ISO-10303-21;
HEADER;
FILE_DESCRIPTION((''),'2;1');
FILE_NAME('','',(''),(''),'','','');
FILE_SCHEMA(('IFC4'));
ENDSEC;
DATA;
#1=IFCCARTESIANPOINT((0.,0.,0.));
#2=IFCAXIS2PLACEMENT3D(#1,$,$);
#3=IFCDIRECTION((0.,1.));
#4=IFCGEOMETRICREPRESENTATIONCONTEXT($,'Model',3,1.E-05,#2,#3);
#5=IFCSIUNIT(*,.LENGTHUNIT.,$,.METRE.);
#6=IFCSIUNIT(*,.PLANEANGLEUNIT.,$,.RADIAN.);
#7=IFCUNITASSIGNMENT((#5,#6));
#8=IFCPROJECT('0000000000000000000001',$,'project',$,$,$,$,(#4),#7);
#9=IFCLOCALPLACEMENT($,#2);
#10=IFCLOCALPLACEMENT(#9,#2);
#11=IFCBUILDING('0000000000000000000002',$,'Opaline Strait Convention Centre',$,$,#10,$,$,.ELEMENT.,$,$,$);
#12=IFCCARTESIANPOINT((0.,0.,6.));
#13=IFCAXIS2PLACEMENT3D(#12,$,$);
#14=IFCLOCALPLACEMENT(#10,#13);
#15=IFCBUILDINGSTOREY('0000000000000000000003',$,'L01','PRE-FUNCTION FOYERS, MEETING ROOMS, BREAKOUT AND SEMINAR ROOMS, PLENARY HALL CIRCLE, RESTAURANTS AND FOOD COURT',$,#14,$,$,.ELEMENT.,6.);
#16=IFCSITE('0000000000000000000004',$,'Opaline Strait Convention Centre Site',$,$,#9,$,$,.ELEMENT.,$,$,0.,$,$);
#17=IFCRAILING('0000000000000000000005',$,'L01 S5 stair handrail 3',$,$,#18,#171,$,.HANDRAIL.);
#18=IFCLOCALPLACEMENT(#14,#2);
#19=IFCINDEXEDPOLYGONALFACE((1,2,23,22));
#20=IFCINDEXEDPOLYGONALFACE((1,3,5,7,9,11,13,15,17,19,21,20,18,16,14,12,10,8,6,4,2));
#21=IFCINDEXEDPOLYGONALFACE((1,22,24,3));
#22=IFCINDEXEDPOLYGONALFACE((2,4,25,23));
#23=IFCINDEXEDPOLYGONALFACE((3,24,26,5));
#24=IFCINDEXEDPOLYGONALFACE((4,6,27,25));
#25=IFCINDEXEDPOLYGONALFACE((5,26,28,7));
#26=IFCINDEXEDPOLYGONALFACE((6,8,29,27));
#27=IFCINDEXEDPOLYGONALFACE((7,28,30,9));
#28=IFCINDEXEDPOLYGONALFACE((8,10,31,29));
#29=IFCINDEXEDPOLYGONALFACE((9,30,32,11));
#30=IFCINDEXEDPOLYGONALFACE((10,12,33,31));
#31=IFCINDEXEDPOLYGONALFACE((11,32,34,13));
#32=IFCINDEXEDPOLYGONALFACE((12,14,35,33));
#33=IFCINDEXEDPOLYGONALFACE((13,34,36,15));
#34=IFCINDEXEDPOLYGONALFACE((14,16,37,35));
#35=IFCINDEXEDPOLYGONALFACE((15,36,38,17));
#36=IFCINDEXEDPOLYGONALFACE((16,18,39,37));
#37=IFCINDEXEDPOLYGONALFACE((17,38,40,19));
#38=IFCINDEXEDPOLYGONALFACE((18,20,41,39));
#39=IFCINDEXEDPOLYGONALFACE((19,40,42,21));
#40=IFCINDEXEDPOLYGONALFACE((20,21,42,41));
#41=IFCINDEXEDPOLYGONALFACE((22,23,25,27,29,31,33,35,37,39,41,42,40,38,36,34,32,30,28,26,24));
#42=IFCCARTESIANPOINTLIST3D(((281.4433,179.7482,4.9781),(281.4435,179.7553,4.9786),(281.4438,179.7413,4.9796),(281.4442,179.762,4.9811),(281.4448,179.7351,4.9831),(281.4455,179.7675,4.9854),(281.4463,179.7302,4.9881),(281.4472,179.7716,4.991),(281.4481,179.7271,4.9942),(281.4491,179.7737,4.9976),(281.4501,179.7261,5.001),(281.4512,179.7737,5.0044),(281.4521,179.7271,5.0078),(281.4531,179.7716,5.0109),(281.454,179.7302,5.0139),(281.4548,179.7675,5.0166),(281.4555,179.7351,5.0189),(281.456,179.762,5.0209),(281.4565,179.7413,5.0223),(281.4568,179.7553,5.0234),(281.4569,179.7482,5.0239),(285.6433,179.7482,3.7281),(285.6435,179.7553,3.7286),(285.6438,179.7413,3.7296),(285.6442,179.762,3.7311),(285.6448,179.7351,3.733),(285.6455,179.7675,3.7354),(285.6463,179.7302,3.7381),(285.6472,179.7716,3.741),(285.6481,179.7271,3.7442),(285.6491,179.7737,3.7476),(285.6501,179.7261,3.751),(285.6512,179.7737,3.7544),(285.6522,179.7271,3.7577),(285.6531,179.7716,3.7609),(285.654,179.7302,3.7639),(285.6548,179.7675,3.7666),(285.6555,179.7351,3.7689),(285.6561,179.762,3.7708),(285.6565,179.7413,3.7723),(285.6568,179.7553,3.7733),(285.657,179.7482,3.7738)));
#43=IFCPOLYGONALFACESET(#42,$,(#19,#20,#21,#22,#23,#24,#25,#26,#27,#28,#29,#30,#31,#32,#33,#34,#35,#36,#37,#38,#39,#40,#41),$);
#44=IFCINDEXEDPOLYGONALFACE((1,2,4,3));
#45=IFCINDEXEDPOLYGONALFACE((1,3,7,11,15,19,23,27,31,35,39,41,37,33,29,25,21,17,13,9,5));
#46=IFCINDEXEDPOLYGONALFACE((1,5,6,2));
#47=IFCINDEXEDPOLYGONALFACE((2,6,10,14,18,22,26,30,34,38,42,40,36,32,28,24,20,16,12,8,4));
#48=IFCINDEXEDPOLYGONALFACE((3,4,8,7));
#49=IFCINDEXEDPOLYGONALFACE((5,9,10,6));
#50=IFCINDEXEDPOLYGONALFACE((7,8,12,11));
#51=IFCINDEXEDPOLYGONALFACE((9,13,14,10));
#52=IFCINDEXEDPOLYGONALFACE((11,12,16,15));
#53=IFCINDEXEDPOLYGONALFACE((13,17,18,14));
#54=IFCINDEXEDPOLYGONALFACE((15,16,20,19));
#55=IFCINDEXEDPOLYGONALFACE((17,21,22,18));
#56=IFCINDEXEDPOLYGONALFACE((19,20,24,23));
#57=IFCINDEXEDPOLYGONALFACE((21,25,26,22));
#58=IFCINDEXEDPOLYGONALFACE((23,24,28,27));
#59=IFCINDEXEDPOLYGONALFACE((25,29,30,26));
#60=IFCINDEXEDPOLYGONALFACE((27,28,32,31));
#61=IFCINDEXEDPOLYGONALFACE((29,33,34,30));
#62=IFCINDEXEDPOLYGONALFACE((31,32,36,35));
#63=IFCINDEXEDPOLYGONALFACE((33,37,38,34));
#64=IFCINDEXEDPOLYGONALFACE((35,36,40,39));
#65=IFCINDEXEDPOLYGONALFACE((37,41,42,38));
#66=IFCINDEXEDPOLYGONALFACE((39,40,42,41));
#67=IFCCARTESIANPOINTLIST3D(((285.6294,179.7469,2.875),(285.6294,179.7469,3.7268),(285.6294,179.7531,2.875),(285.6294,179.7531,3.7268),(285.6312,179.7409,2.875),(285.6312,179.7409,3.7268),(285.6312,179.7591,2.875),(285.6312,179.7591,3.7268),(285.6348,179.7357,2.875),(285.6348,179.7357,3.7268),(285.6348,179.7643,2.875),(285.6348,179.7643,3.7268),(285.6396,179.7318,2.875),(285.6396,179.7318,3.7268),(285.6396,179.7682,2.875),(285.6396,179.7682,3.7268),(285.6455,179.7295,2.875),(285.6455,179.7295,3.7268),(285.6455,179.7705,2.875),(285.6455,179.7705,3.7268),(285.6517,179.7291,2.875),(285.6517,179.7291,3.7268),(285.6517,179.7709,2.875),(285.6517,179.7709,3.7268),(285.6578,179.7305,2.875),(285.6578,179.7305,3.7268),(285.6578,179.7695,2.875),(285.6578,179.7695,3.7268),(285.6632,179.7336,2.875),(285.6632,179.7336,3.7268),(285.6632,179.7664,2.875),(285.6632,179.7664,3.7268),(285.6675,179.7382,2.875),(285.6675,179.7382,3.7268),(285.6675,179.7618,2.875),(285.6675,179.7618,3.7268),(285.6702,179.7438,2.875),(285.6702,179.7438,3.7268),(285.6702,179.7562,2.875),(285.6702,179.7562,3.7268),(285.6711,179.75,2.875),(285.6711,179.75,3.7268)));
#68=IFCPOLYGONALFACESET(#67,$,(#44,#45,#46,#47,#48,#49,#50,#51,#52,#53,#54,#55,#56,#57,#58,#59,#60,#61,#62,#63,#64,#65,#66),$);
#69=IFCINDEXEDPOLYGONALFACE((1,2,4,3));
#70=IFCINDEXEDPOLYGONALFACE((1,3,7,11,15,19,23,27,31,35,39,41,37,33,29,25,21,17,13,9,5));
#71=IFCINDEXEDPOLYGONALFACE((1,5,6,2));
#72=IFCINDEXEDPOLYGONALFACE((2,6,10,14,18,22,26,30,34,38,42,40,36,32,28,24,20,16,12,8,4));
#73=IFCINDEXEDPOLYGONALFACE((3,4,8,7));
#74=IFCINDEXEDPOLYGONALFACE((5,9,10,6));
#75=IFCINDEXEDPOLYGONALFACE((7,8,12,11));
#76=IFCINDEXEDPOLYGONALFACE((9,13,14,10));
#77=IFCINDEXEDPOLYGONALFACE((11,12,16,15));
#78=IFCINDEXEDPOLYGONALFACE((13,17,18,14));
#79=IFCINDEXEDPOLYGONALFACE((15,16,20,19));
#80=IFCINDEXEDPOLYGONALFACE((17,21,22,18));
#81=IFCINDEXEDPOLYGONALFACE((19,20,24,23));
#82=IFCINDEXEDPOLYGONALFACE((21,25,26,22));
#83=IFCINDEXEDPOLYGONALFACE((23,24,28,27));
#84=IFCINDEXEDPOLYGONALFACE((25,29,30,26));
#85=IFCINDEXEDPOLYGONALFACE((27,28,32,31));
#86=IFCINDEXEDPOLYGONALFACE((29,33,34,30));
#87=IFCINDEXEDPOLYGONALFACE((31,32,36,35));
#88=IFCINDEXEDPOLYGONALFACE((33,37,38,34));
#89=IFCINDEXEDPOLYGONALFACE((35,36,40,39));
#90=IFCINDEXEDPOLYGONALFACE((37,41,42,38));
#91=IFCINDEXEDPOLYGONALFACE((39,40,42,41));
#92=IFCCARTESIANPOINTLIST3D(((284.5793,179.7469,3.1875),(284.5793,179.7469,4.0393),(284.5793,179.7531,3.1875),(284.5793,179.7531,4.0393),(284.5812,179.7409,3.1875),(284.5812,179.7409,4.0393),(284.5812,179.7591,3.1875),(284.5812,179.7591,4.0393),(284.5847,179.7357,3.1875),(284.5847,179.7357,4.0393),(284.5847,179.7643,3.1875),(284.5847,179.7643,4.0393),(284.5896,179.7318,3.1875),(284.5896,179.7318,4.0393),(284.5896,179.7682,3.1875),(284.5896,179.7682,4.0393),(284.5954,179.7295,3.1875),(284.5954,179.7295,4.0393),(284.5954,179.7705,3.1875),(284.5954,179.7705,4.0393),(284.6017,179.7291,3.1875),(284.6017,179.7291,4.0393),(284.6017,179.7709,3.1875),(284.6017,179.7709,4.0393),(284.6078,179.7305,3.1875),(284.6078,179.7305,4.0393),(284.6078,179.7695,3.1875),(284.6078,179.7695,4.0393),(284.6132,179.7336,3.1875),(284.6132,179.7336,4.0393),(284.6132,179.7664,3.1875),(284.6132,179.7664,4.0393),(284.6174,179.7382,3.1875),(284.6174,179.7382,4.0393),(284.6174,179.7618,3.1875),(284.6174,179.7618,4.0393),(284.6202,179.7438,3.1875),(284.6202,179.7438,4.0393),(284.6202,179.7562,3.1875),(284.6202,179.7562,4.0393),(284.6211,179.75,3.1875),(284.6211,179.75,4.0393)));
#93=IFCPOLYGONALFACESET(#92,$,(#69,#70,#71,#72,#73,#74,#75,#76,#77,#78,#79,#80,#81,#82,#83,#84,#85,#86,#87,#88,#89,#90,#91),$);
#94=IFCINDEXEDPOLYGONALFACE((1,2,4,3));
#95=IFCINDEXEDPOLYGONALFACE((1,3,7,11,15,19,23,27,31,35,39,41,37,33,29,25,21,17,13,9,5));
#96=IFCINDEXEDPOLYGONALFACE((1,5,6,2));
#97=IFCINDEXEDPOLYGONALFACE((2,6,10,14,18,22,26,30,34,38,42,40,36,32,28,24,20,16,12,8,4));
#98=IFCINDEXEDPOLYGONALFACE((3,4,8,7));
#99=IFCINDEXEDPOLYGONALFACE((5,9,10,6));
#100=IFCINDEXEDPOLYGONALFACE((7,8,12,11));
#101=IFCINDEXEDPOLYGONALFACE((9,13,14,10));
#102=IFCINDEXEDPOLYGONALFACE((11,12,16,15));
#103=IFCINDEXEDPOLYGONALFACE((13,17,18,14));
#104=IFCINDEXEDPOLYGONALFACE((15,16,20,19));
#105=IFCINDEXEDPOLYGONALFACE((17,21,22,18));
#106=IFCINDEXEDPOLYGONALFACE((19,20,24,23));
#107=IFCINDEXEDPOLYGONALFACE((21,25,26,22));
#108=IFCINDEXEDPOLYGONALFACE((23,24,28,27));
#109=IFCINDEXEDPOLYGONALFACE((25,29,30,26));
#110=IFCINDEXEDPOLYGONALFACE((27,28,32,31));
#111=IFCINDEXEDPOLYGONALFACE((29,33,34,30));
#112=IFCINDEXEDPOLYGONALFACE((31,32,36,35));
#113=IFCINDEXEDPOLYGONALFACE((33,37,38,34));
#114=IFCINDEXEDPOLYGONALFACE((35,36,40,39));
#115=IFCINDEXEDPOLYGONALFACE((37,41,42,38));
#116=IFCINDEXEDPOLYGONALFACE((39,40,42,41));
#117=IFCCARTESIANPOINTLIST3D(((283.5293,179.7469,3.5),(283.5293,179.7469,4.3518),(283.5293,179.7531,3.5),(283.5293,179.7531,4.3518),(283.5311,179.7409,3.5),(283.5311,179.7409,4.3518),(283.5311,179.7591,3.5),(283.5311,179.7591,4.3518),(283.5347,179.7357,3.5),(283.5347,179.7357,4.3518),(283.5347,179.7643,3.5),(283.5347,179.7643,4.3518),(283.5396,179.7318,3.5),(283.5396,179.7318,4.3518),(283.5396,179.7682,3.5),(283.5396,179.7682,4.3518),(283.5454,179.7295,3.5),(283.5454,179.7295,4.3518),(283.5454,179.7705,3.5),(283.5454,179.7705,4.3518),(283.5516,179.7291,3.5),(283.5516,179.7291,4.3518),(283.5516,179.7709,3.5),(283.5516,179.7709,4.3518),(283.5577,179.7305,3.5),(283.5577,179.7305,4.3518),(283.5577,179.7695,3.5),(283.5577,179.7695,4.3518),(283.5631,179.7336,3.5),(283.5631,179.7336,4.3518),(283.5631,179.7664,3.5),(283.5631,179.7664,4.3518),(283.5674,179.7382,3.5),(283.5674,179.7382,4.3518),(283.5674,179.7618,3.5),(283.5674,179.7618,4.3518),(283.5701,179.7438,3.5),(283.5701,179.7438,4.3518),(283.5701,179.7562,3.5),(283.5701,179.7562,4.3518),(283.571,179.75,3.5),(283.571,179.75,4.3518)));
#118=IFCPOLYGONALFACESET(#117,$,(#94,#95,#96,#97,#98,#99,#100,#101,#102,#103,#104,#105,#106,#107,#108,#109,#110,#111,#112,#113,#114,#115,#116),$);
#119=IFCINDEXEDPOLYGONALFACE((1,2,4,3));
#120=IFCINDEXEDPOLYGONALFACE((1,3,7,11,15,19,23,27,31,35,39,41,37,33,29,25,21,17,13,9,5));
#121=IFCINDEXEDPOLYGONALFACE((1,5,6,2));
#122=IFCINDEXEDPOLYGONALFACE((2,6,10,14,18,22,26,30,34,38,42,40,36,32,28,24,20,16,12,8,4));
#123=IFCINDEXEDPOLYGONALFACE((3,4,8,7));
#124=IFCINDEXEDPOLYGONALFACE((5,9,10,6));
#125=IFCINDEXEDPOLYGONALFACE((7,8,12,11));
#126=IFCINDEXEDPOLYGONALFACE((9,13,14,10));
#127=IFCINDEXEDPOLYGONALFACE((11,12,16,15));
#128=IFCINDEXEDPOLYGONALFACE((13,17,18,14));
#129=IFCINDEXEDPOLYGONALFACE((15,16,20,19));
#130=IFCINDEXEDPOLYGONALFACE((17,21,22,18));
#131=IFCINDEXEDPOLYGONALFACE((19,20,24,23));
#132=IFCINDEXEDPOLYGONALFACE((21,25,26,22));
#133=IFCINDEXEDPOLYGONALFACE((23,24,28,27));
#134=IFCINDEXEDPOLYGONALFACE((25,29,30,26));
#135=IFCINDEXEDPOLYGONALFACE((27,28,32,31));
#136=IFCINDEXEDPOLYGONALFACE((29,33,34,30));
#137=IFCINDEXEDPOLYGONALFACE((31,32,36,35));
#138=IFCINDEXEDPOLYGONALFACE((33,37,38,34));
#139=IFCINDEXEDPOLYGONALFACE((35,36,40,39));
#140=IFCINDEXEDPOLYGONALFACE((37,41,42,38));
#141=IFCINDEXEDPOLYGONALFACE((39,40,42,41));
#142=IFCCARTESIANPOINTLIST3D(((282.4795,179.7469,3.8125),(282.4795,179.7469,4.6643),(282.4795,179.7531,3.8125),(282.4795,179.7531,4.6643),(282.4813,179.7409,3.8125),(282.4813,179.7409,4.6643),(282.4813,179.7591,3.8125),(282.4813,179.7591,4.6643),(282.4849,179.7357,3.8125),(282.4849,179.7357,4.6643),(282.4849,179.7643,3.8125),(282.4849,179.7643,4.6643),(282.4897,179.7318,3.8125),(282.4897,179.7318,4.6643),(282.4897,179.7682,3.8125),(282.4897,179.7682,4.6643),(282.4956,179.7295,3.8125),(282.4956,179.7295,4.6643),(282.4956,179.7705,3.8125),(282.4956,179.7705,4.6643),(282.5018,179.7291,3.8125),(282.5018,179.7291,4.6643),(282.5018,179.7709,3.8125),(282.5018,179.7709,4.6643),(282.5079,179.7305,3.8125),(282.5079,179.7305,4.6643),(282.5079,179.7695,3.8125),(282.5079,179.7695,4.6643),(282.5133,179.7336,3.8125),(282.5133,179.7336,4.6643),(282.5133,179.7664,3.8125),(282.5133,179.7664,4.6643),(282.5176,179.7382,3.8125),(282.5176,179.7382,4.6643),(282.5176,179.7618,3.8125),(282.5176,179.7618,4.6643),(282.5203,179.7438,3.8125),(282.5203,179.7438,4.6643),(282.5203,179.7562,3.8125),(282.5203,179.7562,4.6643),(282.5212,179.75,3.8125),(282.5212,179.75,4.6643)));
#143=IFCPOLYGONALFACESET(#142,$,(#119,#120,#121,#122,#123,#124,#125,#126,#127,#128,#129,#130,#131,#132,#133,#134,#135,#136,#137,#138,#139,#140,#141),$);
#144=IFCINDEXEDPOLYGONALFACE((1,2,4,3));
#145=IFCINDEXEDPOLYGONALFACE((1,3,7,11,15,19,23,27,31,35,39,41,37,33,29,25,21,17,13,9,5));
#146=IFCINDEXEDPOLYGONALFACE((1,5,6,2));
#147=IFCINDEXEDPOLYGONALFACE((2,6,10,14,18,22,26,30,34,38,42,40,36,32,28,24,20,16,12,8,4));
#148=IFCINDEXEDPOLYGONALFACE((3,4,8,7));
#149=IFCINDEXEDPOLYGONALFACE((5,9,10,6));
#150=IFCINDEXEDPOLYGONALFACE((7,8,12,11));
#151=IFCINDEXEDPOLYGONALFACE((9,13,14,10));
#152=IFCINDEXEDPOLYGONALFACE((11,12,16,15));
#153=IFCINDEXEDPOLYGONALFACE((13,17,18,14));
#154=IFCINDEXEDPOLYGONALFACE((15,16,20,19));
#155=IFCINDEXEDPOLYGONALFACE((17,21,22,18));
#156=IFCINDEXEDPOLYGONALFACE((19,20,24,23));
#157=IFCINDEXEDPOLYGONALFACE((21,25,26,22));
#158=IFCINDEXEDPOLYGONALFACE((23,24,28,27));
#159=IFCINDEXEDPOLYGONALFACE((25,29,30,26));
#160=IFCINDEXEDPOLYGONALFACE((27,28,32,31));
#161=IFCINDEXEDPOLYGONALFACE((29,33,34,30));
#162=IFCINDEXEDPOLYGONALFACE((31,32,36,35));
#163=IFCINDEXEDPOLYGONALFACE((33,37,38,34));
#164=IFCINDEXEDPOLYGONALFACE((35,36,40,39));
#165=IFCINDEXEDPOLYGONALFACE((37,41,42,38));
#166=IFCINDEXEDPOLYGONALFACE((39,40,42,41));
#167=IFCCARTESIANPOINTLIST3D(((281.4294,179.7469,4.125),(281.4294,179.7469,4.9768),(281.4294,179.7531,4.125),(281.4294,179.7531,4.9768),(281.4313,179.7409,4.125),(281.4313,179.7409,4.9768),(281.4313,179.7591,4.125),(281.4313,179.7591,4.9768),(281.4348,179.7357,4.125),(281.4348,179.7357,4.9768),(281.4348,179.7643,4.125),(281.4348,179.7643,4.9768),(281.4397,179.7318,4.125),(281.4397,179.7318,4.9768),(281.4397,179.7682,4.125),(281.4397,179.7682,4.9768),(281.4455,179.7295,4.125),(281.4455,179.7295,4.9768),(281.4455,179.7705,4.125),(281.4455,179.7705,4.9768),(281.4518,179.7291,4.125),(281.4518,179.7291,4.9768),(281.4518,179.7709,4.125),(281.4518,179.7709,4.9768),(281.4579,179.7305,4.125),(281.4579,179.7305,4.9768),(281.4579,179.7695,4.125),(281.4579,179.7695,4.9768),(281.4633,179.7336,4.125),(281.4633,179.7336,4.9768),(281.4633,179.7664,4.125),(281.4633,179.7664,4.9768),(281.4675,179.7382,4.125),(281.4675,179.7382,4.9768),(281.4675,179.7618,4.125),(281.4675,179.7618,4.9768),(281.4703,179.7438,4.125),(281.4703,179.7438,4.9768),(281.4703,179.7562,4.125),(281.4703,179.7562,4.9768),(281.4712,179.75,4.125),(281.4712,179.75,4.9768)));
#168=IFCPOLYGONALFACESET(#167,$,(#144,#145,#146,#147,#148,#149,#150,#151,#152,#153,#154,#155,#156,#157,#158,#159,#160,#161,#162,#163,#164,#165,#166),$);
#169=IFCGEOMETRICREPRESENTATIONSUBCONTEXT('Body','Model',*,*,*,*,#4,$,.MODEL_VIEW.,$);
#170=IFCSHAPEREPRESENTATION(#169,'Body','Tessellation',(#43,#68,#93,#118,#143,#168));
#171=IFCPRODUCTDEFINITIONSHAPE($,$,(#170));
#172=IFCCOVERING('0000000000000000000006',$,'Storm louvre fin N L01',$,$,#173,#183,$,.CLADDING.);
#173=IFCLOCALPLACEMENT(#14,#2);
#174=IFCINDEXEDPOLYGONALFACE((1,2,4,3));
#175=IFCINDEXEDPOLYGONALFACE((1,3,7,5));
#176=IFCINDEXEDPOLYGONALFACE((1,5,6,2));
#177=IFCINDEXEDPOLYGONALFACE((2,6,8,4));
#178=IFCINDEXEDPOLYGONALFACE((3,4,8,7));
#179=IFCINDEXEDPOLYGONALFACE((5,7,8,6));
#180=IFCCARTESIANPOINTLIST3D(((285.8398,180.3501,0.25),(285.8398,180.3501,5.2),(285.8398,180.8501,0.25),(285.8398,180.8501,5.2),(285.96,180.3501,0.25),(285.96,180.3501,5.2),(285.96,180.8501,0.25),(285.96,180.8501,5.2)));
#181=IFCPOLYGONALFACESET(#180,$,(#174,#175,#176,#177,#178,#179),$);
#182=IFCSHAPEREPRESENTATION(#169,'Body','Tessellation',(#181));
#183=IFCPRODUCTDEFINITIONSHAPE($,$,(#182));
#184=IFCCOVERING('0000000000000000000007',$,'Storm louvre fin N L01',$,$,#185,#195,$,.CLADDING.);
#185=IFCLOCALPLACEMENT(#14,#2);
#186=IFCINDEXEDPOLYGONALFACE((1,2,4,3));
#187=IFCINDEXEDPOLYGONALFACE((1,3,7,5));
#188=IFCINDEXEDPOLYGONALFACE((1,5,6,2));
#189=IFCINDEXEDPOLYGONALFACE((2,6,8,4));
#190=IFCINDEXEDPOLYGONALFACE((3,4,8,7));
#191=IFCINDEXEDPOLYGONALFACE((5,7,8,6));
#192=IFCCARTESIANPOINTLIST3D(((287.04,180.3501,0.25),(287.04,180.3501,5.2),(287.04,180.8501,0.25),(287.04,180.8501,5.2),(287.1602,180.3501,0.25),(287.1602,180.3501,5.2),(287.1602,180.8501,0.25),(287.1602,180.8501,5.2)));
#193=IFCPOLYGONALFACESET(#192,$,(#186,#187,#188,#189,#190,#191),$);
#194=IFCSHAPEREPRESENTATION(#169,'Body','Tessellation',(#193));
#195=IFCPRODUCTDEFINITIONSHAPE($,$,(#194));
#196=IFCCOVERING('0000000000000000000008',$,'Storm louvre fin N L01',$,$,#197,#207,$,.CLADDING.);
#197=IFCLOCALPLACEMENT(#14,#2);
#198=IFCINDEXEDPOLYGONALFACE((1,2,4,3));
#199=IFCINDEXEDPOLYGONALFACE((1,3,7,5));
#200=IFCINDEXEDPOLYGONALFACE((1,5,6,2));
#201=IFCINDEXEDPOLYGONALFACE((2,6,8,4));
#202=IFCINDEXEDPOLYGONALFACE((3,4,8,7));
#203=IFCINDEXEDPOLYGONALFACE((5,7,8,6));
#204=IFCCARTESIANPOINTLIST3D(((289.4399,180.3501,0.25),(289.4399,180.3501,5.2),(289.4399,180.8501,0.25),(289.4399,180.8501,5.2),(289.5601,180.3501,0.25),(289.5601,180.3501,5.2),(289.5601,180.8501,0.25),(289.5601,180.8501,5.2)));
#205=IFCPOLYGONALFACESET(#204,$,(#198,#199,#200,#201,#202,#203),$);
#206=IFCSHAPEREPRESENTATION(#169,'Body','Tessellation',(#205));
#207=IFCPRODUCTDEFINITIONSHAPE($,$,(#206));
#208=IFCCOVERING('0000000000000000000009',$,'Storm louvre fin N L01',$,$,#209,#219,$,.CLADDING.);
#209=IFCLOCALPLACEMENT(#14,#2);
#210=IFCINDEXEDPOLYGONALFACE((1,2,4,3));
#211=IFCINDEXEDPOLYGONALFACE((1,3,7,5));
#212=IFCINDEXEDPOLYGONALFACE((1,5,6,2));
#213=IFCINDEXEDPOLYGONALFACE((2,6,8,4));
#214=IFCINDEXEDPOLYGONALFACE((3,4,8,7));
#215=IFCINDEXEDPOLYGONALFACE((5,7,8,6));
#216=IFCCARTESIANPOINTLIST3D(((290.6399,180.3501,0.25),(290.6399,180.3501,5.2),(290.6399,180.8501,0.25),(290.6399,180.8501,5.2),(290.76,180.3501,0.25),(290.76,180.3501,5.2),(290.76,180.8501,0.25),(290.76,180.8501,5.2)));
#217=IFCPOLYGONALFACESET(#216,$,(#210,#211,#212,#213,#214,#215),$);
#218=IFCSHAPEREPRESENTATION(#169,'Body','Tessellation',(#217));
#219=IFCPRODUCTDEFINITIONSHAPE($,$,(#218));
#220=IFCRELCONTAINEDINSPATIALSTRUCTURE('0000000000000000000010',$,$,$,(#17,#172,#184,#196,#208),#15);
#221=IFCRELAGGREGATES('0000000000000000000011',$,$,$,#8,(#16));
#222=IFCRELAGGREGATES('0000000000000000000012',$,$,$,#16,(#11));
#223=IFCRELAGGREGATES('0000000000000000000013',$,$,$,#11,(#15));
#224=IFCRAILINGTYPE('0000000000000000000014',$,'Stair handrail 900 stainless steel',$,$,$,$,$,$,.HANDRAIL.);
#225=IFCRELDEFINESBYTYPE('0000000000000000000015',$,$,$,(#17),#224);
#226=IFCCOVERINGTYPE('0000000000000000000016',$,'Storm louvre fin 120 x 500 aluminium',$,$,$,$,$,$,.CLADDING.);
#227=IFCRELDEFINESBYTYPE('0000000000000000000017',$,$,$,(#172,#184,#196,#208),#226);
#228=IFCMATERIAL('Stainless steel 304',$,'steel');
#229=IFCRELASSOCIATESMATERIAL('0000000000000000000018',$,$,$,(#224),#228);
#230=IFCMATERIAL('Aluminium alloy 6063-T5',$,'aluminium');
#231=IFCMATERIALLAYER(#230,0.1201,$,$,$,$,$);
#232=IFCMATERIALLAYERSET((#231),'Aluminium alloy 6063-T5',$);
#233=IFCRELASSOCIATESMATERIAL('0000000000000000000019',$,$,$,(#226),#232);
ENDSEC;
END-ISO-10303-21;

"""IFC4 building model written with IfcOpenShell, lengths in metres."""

from ifc_helpers import new_model, si_unit, direction, frame, origin, origin_2d, place, context, subcontext, project, spatial, rectangle, circle, extrude, material, layer, layer_set, type_object, element, save


model = new_model("IFC4")

# Units and contexts
model_context = context("Model", 3, precision=1e-05, world=origin(), true_north=direction((0.0, 1.0)))
body_context = subcontext(model_context, "Body", "Model", "MODEL_VIEW")
ifc_project = project(units=[si_unit("LENGTHUNIT", "METRE"), si_unit("PLANEANGLEUNIT", "RADIAN")], contexts=[model_context])

# Site, building, storey
site_placement = place(None, origin())
site = spatial("IfcSite", under=ifc_project, at=site_placement, Name="Opaline Strait Convention Centre Site", CompositionType="ELEMENT", RefElevation=0.0)
building_placement = place(site_placement, origin())
building = spatial("IfcBuilding", under=site, at=building_placement, Name="Opaline Strait Convention Centre", CompositionType="ELEMENT")
storey_placement = place(building_placement, frame((0.0, 0.0, 6.0)))
storey = spatial("IfcBuildingStorey", under=building, at=storey_placement, Name="L01", Description="PRE-FUNCTION FOYERS, MEETING ROOMS, BREAKOUT AND SEMINAR ROOMS, PLENARY HALL CIRCLE, RESTAURANTS AND FOOD COURT", CompositionType="ELEMENT", Elevation=6.0)

# Railing
ifc_material_1 = material(Name="Stainless steel 304", Category="steel")
railing_type_1 = type_object("IfcRailingType", Name="Stair handrail 900 stainless steel", PredefinedType="HANDRAIL", material=ifc_material_1)
for number, where, name in (
    (1, (285.6501, 179.75, 2.875), "L01 S5 stair handrail 3"),
):
    element("IfcRailing", number, at=place(storey_placement, frame(where)), inside=storey, type_object=railing_type_1, Name=name, PredefinedType="HANDRAIL", context=body_context, shape_type="SweptSolid", body=[
        extrude(circle(Radius=0.0239, at=origin_2d()), frame((0.0, 0.0, 0.876), z_axis=(-0.958451, 0.0, 0.285257), x_axis=(0.0, -1.0, 0.0)), (0.0, 0.0, 1.0), 4.3821),
        extrude(circle(Radius=0.021, at=origin_2d()), origin(), (0.0, 0.0, 1.0), 0.8518),
        extrude(circle(Radius=0.021, at=origin_2d()), frame((-1.05, 0.0, 0.3125)), (0.0, 0.0, 1.0), 0.8518),
        extrude(circle(Radius=0.021, at=origin_2d()), frame((-2.1001, 0.0, 0.625)), (0.0, 0.0, 1.0), 0.8518),
        extrude(circle(Radius=0.021, at=origin_2d()), frame((-3.1499, 0.0, 0.9375)), (0.0, 0.0, 1.0), 0.8518),
        extrude(circle(Radius=0.021, at=origin_2d()), frame((-4.2, 0.0, 1.25)), (0.0, 0.0, 1.0), 0.8518),
    ])

# Coverings
ifc_material_2 = material(Name="Aluminium alloy 6063-T5", Category="aluminium")
ifc_layer_1 = layer(ifc_material_2, 0.1201)
ifc_layer_set_1 = layer_set([ifc_layer_1], Name="Aluminium alloy 6063-T5")
covering_type = type_object("IfcCoveringType", Name="Storm louvre fin 120 x 500 aluminium", PredefinedType="CLADDING", material=ifc_layer_set_1)
for number, where, z_axis, x_axis, name in (
    (2, (285.8999, 180.6001, 0.25), (0.0, 0.0, 1.0), (1.0, 0.0, 0.0), "Storm louvre fin N L01"),
    (3, (287.1001, 180.6001, 0.25), (0.0, 0.0, 1.0), (1.0, 0.0, 0.0), "Storm louvre fin N L01"),
    (4, (289.5, 180.6001, 0.25), (0.0, 0.0, 1.0), (1.0, 0.0, 0.0), "Storm louvre fin N L01"),
    (5, (290.7, 180.6001, 0.25), (0.0, 0.0, 1.0), (1.0, 0.0, 0.0), "Storm louvre fin N L01"),
):
    element("IfcCovering", number, at=place(storey_placement, frame(where, z_axis=z_axis, x_axis=x_axis)), inside=storey, type_object=covering_type, Name=name, PredefinedType="CLADDING", context=body_context, shape_type="SweptSolid", body=[
        extrude(rectangle(XDim=0.1201, YDim=0.5, at=origin_2d()), origin(), (0.0, 0.0, 1.0), 4.95),
    ])

save(model, "model.ifc")
